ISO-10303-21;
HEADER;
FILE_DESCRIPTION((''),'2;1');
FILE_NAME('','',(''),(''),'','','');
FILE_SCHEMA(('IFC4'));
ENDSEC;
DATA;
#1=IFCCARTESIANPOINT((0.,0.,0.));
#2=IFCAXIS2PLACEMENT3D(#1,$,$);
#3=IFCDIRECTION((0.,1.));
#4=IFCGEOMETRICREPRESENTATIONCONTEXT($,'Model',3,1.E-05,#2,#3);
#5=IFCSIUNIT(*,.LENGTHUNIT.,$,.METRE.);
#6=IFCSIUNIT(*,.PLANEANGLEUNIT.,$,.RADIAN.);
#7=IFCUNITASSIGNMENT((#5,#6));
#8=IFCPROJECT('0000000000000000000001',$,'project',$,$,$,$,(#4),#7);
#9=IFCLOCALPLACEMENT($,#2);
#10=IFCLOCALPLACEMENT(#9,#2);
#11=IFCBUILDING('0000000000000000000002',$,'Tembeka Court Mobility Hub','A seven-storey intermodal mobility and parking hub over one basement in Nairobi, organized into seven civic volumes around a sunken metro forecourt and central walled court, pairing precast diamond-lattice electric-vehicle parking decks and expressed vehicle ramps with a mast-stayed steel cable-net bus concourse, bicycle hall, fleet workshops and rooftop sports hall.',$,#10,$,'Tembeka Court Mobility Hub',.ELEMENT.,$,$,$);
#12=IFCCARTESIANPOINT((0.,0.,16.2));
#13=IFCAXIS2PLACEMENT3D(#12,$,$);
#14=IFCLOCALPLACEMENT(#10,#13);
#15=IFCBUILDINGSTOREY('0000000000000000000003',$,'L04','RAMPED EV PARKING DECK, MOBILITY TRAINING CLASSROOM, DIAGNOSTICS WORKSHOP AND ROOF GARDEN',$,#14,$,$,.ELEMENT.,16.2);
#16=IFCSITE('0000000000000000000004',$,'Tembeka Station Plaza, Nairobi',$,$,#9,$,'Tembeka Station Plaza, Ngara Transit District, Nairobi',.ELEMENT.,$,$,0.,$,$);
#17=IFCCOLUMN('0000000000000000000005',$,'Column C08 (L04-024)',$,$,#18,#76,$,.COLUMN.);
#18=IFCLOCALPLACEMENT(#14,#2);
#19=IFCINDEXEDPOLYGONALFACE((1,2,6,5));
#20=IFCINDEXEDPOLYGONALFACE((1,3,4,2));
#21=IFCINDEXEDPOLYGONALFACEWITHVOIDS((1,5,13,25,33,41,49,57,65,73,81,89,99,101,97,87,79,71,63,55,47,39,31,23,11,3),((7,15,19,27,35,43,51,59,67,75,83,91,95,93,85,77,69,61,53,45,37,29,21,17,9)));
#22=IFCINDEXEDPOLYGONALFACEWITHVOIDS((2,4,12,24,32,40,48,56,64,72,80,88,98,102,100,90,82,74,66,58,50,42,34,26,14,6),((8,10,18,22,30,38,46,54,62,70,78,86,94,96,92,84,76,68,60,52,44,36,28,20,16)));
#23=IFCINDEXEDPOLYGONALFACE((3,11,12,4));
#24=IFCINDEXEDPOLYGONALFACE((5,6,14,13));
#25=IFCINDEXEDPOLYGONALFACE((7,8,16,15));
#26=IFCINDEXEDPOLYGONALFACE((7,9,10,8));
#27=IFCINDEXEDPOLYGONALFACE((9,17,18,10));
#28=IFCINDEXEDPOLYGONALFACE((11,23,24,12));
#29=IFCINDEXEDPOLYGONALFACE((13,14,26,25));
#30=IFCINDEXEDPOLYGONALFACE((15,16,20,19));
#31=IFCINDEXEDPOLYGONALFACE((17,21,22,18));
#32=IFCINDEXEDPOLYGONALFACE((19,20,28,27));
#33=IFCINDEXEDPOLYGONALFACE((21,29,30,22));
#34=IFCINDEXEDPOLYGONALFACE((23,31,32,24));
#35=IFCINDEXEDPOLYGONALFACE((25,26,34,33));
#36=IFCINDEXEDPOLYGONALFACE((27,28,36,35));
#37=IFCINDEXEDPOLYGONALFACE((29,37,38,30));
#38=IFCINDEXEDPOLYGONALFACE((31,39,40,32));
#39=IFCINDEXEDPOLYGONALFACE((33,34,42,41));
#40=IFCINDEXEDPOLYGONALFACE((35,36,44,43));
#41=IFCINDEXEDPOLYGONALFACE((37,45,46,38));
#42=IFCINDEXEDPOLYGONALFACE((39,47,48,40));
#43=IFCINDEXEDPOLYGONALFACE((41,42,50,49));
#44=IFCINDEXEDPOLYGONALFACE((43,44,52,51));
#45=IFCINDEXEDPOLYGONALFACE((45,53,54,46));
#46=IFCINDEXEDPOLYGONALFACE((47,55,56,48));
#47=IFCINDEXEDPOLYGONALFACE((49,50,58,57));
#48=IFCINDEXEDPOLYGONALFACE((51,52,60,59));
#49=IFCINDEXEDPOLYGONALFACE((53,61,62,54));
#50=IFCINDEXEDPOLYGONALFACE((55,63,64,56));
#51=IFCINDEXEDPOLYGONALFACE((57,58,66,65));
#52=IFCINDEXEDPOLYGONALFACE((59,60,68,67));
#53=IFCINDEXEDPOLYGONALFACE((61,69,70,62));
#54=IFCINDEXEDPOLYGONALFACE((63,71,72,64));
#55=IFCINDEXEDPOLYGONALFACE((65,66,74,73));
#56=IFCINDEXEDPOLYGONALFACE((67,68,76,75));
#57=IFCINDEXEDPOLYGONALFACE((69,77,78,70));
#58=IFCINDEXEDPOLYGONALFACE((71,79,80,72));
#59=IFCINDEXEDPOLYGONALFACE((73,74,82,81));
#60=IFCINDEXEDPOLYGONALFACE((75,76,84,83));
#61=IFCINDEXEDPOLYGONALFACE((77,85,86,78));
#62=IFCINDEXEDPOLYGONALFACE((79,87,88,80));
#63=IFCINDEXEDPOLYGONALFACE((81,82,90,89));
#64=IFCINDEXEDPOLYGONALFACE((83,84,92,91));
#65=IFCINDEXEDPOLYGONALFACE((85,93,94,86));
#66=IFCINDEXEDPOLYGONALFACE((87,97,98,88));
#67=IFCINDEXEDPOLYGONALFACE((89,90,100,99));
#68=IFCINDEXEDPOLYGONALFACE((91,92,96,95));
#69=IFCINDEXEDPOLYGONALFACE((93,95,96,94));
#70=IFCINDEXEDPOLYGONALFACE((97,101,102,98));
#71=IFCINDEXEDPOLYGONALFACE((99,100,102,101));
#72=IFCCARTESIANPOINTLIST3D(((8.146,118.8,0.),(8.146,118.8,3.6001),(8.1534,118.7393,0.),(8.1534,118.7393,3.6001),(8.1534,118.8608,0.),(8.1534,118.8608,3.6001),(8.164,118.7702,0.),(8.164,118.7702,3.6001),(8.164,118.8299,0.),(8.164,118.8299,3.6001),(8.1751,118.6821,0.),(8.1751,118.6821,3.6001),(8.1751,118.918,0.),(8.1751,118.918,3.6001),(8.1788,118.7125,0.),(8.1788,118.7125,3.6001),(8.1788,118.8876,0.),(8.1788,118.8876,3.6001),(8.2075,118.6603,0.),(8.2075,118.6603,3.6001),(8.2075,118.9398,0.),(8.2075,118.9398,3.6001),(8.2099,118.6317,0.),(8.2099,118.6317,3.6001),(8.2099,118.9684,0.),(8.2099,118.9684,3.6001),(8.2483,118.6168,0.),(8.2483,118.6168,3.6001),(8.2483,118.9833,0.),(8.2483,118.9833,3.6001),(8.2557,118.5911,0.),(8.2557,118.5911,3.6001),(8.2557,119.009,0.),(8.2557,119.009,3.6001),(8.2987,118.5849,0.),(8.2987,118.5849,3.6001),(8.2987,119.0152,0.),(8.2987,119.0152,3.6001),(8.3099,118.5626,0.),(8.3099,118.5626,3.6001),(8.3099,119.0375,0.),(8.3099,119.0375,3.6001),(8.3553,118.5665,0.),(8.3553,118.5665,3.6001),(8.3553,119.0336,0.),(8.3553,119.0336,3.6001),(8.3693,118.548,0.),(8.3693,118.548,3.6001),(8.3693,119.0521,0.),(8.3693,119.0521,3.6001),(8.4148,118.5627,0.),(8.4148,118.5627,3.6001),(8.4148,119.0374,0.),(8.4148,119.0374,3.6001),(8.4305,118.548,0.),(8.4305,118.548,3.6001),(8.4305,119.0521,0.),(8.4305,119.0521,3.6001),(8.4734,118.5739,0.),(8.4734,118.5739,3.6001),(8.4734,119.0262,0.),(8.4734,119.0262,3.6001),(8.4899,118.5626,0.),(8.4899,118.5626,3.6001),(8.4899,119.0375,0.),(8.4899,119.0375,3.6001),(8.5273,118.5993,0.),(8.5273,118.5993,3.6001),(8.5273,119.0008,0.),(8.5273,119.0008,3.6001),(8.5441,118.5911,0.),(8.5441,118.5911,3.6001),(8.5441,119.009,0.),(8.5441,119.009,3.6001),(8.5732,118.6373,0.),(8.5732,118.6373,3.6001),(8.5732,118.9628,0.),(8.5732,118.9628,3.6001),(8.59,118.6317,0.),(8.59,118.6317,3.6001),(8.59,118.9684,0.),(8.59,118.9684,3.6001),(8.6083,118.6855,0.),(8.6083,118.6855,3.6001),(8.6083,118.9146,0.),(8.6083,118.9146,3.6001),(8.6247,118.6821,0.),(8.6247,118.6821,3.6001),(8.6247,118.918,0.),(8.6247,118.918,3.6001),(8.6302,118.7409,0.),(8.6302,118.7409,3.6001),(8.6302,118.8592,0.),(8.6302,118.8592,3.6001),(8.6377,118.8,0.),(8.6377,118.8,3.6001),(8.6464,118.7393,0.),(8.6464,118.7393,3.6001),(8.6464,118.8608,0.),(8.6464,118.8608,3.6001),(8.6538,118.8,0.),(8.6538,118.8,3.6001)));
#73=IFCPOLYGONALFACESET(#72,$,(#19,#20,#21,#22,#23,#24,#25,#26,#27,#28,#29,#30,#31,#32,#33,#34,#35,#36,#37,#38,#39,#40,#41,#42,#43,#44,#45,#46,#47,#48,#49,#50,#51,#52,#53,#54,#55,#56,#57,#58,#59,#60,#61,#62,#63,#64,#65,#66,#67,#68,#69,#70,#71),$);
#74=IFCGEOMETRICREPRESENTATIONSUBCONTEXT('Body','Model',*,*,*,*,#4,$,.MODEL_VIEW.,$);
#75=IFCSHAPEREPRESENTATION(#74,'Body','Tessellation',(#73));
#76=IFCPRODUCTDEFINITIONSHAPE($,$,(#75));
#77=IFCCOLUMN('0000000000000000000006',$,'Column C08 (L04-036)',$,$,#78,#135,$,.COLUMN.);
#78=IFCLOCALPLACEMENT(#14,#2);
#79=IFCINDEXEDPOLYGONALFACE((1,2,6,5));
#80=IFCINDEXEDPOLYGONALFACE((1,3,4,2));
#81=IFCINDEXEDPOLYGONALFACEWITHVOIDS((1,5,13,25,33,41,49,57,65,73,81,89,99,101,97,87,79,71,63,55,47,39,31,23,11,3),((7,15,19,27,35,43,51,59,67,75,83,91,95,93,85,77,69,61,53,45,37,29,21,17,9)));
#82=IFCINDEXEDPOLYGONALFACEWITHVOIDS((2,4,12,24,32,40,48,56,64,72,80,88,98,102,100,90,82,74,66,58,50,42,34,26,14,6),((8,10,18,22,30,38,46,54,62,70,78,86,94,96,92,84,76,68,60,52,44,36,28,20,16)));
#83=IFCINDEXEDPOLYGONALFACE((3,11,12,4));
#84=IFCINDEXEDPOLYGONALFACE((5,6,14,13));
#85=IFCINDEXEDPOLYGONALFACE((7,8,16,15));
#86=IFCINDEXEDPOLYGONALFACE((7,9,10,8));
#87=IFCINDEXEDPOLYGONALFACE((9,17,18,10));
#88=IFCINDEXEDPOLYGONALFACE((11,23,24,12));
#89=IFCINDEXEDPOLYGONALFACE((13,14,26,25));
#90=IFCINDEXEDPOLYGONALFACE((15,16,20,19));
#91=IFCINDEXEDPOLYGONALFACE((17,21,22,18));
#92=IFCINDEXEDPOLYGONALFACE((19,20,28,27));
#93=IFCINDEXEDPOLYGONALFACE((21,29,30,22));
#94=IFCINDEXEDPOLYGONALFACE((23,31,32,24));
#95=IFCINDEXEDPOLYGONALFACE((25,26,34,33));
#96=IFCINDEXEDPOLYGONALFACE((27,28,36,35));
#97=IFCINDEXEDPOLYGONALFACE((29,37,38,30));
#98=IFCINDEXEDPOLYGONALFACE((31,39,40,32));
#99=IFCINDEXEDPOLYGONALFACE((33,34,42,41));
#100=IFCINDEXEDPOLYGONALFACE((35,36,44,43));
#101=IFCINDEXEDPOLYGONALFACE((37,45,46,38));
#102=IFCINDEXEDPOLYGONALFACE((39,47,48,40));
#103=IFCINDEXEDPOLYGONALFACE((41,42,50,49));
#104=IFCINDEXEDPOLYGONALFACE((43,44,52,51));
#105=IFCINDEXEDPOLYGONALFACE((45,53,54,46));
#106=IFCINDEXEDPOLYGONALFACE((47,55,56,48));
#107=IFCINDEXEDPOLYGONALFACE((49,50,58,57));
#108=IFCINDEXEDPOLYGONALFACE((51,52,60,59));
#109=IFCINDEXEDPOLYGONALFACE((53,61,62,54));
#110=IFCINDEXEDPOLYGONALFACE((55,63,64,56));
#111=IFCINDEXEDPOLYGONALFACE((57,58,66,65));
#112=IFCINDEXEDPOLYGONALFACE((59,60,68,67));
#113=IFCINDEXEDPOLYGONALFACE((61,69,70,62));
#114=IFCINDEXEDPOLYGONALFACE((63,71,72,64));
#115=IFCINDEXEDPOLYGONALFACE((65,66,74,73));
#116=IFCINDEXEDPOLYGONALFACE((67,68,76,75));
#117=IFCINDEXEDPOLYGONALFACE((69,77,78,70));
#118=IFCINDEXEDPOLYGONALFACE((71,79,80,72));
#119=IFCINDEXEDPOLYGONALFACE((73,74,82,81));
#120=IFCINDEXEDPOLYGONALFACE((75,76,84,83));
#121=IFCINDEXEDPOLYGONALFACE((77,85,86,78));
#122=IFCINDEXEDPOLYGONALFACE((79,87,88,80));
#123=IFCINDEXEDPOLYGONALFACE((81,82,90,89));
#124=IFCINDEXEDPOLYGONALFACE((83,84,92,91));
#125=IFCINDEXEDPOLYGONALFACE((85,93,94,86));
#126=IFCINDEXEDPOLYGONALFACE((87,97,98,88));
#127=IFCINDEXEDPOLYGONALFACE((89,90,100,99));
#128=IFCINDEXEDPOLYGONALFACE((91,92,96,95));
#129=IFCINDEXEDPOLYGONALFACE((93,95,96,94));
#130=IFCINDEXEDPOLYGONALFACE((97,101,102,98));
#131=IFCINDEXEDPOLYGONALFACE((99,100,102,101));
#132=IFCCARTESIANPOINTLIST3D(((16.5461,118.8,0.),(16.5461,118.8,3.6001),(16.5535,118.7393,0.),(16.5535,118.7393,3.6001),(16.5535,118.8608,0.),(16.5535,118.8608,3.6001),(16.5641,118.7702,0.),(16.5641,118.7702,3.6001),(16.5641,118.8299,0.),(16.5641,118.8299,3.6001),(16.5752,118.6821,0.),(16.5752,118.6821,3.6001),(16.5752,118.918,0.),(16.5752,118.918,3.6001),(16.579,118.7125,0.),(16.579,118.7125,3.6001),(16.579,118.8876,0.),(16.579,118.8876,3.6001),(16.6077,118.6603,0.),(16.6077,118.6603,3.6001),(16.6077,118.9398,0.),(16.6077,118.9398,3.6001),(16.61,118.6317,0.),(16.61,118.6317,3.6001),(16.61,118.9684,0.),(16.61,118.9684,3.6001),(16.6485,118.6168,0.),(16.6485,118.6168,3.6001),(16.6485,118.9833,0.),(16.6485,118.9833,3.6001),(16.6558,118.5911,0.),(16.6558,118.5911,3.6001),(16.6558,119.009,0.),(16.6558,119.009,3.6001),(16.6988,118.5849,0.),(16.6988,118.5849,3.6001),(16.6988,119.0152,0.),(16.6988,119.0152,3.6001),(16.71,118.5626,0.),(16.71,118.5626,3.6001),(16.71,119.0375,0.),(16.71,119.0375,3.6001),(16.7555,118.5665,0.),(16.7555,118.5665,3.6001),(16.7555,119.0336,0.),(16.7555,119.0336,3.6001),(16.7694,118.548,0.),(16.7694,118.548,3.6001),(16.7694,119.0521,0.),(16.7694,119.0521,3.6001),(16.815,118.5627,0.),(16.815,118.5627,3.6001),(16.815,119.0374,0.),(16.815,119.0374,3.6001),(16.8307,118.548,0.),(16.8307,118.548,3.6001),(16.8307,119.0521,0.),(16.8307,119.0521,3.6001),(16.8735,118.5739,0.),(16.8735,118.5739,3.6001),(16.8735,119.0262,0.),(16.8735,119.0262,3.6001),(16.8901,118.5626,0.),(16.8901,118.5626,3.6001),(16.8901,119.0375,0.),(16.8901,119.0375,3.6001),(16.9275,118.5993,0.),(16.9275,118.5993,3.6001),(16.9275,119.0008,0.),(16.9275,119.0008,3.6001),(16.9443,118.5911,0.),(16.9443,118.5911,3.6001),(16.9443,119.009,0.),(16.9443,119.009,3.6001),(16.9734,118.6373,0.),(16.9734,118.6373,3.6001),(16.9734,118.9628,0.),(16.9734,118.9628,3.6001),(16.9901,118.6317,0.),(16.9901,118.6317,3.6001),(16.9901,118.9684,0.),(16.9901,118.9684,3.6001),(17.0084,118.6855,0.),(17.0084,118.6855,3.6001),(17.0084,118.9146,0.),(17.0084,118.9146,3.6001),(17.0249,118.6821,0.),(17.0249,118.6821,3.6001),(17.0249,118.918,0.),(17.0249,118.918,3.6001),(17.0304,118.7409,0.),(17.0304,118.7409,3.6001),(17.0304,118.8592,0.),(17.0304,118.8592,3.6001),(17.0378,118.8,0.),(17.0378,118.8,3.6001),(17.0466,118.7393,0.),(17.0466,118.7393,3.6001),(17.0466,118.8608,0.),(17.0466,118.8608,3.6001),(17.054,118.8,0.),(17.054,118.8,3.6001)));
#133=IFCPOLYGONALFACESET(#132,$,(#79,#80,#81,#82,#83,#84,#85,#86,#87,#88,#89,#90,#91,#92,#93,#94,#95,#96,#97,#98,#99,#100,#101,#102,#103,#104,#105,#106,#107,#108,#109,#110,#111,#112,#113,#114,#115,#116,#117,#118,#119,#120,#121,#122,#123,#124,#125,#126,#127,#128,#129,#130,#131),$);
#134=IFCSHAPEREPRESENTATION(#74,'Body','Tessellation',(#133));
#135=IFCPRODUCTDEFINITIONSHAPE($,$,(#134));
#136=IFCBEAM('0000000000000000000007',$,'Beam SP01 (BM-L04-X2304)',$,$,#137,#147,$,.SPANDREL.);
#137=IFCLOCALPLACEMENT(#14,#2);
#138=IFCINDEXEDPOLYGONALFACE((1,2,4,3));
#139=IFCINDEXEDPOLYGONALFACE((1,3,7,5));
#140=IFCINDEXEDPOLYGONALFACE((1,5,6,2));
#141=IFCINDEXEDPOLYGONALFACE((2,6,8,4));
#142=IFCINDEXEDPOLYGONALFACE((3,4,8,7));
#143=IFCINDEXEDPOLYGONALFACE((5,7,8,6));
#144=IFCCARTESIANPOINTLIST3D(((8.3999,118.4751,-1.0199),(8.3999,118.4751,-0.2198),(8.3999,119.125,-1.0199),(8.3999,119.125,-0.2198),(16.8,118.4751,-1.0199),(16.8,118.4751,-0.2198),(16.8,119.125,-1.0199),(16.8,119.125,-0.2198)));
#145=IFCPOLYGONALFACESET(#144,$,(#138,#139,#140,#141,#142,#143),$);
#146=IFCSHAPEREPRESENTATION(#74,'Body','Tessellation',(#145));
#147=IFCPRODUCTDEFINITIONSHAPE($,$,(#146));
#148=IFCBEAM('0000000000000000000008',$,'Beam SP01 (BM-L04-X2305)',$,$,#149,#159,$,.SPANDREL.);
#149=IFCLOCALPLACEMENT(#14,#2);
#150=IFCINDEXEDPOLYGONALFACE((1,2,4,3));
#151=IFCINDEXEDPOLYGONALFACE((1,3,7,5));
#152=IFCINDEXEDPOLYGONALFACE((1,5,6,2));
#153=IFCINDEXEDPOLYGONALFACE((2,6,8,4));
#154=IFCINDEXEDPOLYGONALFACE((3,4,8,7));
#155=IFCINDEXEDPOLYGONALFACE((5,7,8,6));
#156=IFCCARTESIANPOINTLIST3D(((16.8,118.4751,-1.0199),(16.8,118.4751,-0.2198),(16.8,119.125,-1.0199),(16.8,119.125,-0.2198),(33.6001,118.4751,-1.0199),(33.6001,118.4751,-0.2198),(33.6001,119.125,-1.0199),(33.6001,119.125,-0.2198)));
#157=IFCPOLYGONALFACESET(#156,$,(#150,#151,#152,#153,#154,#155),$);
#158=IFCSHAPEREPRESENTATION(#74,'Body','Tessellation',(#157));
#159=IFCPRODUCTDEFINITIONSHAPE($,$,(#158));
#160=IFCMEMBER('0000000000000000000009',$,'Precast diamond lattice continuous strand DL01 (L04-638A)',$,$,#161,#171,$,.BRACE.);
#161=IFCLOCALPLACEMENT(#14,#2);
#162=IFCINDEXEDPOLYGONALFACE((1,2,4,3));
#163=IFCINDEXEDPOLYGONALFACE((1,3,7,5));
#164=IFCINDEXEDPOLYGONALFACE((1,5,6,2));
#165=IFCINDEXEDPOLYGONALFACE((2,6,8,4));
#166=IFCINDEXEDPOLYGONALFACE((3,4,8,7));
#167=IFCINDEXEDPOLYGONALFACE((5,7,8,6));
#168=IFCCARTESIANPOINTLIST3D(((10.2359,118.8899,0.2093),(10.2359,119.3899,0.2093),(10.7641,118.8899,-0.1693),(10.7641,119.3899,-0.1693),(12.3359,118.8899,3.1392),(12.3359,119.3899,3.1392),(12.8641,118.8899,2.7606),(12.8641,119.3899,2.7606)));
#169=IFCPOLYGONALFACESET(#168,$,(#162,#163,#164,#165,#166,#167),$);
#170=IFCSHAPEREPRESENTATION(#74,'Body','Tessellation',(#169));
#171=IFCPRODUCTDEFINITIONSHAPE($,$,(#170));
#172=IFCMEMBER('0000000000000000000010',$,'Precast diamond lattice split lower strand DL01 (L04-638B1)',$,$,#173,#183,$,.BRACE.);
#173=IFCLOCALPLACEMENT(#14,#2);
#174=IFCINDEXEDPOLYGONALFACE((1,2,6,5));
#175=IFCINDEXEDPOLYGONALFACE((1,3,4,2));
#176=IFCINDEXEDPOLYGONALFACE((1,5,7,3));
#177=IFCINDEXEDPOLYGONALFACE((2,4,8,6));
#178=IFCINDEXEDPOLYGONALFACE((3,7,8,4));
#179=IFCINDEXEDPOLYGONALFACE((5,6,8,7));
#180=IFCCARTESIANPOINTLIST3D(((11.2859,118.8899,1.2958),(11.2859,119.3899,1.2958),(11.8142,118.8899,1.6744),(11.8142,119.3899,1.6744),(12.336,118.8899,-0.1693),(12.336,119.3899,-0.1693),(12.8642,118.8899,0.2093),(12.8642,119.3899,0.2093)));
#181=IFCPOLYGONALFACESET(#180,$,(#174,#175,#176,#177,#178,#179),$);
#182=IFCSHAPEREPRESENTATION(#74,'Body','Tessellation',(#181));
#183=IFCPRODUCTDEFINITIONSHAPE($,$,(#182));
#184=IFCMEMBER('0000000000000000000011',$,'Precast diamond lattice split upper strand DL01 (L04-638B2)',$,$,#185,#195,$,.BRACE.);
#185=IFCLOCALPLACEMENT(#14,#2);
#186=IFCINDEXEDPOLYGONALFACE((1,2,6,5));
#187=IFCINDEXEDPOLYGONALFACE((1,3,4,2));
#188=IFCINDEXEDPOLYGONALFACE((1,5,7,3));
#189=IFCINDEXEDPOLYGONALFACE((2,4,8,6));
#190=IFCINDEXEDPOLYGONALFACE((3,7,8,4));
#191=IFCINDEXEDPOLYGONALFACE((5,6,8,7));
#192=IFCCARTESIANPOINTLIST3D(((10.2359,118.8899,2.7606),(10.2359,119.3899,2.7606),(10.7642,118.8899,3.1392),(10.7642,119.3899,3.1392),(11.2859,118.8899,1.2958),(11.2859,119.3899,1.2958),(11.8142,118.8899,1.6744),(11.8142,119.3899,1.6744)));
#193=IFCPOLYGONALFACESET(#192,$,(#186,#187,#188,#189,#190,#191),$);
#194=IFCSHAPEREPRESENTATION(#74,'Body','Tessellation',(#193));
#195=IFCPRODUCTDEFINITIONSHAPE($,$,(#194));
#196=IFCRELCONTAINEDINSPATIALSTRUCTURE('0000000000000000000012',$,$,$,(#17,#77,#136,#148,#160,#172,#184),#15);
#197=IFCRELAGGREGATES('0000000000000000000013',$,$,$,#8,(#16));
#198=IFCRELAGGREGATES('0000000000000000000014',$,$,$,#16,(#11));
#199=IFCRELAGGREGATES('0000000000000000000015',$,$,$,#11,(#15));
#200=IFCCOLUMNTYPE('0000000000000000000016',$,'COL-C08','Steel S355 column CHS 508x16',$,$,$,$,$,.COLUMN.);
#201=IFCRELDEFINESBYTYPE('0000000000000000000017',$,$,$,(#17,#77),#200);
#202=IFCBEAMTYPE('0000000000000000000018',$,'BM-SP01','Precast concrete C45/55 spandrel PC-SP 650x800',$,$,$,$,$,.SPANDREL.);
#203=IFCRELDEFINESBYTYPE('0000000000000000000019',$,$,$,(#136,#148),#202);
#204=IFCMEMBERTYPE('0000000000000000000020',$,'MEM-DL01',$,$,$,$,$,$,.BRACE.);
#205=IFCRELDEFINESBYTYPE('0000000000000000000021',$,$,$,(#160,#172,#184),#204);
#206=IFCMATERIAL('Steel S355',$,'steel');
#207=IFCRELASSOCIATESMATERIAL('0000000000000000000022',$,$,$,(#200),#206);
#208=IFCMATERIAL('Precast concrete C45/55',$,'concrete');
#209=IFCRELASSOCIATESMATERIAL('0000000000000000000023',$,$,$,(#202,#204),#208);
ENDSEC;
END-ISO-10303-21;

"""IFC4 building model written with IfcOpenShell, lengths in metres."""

from ifc_helpers import new_model, si_unit, direction, frame, origin, origin_2d, place, context, subcontext, project, spatial, rectangle, hollow_circle, extrude, material, material_profile, profile_set, type_object, element, save


model = new_model("IFC4")

# Units and contexts
model_context = context("Model", 3, precision=1e-05, world=origin(), true_north=direction((0.0, 1.0)))
body_context = subcontext(model_context, "Body", "Model", "MODEL_VIEW")
ifc_project = project(units=[si_unit("LENGTHUNIT", "METRE"), si_unit("PLANEANGLEUNIT", "RADIAN")], contexts=[model_context])

# Site, building, storey
site_placement = place(None, origin())
site = spatial("IfcSite", under=ifc_project, at=site_placement, Name="Tembeka Station Plaza, Nairobi", LongName="Tembeka Station Plaza, Ngara Transit District, Nairobi", CompositionType="ELEMENT", RefElevation=0.0)
building_placement = place(site_placement, origin())
building = spatial("IfcBuilding", under=site, at=building_placement, Name="Tembeka Court Mobility Hub", Description="A seven-storey intermodal mobility and parking hub over one basement in Nairobi, organized into seven civic volumes around a sunken metro forecourt and central walled court, pairing precast diamond-lattice electric-vehicle parking decks and expressed vehicle ramps with a mast-stayed steel cable-net bus concourse, bicycle hall, fleet workshops and rooftop sports hall.", LongName="Tembeka Court Mobility Hub", CompositionType="ELEMENT")
storey_placement = place(building_placement, frame((0.0, 0.0, 16.2)))
storey = spatial("IfcBuildingStorey", under=building, at=storey_placement, Name="L04", Description="RAMPED EV PARKING DECK, MOBILITY TRAINING CLASSROOM, DIAGNOSTICS WORKSHOP AND ROOF GARDEN", CompositionType="ELEMENT", Elevation=16.2)

# Columns
ifc_material_1 = material(Name="Steel S355", Category="steel")
ifc_material_profile_1 = material_profile(ifc_material_1, hollow_circle(Radius=0.2539, WallThickness=0.0161, at=origin_2d()), Name="CHS 508x16")
ifc_profile_set_1 = profile_set([ifc_material_profile_1], Name="Steel S355")
column_type = type_object("IfcColumnType", Name="COL-C08", Description="Steel S355 column CHS 508x16", PredefinedType="COLUMN", material=ifc_profile_set_1)
for number, where, z_axis, x_axis, name in (
    (1, (8.3999, 118.8, 0.0), (0.0, 0.0, 1.0), (1.0, 0.0, 0.0), "Column C08 (L04-024)"),
    (2, (16.8, 118.8, 0.0), (0.0, 0.0, 1.0), (1.0, 0.0, 0.0), "Column C08 (L04-036)"),
):
    element("IfcColumn", number, at=place(storey_placement, frame(where, z_axis=z_axis, x_axis=x_axis)), inside=storey, type_object=column_type, Name=name, PredefinedType="COLUMN", context=body_context, shape_type="SweptSolid", body=[
        extrude(hollow_circle(Radius=0.2539, WallThickness=0.0161, at=origin_2d()), origin(), (0.0, 0.0, 1.0), 3.6001),
    ])

# Beams
ifc_material_2 = material(Name="Precast concrete C45/55", Category="concrete")
ifc_material_profile_2 = material_profile(ifc_material_2, rectangle(XDim=0.6499, YDim=0.8, at=origin_2d()), Name="PC-SP 650x800")
ifc_profile_set_2 = profile_set([ifc_material_profile_2], Name="Precast concrete C45/55")
beam_type = type_object("IfcBeamType", Name="BM-SP01", Description="Precast concrete C45/55 spandrel PC-SP 650x800", PredefinedType="SPANDREL", material=ifc_profile_set_2)
beam_1_placement = place(storey_placement, frame((8.3999, 118.8, -0.6199), z_axis=(1.0, 0.0, 0.0), x_axis=(0.0, 1.0, 0.0)))
element("IfcBeam", 3, at=beam_1_placement, inside=storey, type_object=beam_type, Name="Beam SP01 (BM-L04-X2304)", PredefinedType="SPANDREL", context=body_context, shape_type="SweptSolid", body=[
    extrude(rectangle(XDim=0.6499, YDim=0.8, at=origin_2d()), origin(), (0.0, 0.0, 1.0), 8.4001),
])
beam_2_placement = place(storey_placement, frame((16.8, 118.8, -0.6199), z_axis=(1.0, 0.0, 0.0), x_axis=(0.0, 1.0, 0.0)))
element("IfcBeam", 4, at=beam_2_placement, inside=storey, type_object=beam_type, Name="Beam SP01 (BM-L04-X2305)", PredefinedType="SPANDREL", context=body_context, shape_type="SweptSolid", body=[
    extrude(rectangle(XDim=0.6499, YDim=0.8, at=origin_2d()), origin(), (0.0, 0.0, 1.0), 16.8),
])

# Members
ifc_material_profile_3 = material_profile(ifc_material_2, rectangle(XDim=0.5, YDim=0.6499, at=origin_2d()), Name="PC-DIAG 500x650")
ifc_profile_set_3 = profile_set([ifc_material_profile_3], Name="Precast concrete C45/55")
member_type_1 = type_object("IfcMemberType", Name="MEM-DL01", PredefinedType="BRACE", material=ifc_profile_set_3)
member_1_placement = place(storey_placement, frame((10.5, 119.1399, 0.02), z_axis=(0.582576, 0.0, 0.812776), x_axis=(0.0, 1.0, 0.0)))
element("IfcMember", 5, at=member_1_placement, inside=storey, type_object=member_type_1, Name="Precast diamond lattice continuous strand DL01 (L04-638A)", PredefinedType="BRACE", context=body_context, shape_type="SweptSolid", body=[
    extrude(rectangle(XDim=0.5, YDim=0.6499, at=origin_2d()), origin(), (0.0, 0.0, 1.0), 3.6047),
])
member_2_placement = place(storey_placement, frame((12.6001, 119.1399, 0.02), z_axis=(-0.582544, 0.0, 0.812799), x_axis=(0.0, -1.0, 0.0)))
element("IfcMember", 6, at=member_2_placement, inside=storey, type_object=member_type_1, Name="Precast diamond lattice split lower strand DL01 (L04-638B1)", PredefinedType="BRACE", context=body_context, shape_type="SweptSolid", body=[
    extrude(rectangle(XDim=0.5, YDim=0.6499, at=origin_2d()), origin(), (0.0, 0.0, 1.0), 1.8025),
])
member_3_placement = place(storey_placement, frame((11.55, 119.1399, 1.4851), z_axis=(-0.582608, 0.0, 0.812753), x_axis=(0.0, -1.0, 0.0)))
element("IfcMember", 7, at=member_3_placement, inside=storey, type_object=member_type_1, Name="Precast diamond lattice split upper strand DL01 (L04-638B2)", PredefinedType="BRACE", context=body_context, shape_type="SweptSolid", body=[
    extrude(rectangle(XDim=0.5, YDim=0.6499, at=origin_2d()), origin(), (0.0, 0.0, 1.0), 1.8022),
])

save(model, "model.ifc")
